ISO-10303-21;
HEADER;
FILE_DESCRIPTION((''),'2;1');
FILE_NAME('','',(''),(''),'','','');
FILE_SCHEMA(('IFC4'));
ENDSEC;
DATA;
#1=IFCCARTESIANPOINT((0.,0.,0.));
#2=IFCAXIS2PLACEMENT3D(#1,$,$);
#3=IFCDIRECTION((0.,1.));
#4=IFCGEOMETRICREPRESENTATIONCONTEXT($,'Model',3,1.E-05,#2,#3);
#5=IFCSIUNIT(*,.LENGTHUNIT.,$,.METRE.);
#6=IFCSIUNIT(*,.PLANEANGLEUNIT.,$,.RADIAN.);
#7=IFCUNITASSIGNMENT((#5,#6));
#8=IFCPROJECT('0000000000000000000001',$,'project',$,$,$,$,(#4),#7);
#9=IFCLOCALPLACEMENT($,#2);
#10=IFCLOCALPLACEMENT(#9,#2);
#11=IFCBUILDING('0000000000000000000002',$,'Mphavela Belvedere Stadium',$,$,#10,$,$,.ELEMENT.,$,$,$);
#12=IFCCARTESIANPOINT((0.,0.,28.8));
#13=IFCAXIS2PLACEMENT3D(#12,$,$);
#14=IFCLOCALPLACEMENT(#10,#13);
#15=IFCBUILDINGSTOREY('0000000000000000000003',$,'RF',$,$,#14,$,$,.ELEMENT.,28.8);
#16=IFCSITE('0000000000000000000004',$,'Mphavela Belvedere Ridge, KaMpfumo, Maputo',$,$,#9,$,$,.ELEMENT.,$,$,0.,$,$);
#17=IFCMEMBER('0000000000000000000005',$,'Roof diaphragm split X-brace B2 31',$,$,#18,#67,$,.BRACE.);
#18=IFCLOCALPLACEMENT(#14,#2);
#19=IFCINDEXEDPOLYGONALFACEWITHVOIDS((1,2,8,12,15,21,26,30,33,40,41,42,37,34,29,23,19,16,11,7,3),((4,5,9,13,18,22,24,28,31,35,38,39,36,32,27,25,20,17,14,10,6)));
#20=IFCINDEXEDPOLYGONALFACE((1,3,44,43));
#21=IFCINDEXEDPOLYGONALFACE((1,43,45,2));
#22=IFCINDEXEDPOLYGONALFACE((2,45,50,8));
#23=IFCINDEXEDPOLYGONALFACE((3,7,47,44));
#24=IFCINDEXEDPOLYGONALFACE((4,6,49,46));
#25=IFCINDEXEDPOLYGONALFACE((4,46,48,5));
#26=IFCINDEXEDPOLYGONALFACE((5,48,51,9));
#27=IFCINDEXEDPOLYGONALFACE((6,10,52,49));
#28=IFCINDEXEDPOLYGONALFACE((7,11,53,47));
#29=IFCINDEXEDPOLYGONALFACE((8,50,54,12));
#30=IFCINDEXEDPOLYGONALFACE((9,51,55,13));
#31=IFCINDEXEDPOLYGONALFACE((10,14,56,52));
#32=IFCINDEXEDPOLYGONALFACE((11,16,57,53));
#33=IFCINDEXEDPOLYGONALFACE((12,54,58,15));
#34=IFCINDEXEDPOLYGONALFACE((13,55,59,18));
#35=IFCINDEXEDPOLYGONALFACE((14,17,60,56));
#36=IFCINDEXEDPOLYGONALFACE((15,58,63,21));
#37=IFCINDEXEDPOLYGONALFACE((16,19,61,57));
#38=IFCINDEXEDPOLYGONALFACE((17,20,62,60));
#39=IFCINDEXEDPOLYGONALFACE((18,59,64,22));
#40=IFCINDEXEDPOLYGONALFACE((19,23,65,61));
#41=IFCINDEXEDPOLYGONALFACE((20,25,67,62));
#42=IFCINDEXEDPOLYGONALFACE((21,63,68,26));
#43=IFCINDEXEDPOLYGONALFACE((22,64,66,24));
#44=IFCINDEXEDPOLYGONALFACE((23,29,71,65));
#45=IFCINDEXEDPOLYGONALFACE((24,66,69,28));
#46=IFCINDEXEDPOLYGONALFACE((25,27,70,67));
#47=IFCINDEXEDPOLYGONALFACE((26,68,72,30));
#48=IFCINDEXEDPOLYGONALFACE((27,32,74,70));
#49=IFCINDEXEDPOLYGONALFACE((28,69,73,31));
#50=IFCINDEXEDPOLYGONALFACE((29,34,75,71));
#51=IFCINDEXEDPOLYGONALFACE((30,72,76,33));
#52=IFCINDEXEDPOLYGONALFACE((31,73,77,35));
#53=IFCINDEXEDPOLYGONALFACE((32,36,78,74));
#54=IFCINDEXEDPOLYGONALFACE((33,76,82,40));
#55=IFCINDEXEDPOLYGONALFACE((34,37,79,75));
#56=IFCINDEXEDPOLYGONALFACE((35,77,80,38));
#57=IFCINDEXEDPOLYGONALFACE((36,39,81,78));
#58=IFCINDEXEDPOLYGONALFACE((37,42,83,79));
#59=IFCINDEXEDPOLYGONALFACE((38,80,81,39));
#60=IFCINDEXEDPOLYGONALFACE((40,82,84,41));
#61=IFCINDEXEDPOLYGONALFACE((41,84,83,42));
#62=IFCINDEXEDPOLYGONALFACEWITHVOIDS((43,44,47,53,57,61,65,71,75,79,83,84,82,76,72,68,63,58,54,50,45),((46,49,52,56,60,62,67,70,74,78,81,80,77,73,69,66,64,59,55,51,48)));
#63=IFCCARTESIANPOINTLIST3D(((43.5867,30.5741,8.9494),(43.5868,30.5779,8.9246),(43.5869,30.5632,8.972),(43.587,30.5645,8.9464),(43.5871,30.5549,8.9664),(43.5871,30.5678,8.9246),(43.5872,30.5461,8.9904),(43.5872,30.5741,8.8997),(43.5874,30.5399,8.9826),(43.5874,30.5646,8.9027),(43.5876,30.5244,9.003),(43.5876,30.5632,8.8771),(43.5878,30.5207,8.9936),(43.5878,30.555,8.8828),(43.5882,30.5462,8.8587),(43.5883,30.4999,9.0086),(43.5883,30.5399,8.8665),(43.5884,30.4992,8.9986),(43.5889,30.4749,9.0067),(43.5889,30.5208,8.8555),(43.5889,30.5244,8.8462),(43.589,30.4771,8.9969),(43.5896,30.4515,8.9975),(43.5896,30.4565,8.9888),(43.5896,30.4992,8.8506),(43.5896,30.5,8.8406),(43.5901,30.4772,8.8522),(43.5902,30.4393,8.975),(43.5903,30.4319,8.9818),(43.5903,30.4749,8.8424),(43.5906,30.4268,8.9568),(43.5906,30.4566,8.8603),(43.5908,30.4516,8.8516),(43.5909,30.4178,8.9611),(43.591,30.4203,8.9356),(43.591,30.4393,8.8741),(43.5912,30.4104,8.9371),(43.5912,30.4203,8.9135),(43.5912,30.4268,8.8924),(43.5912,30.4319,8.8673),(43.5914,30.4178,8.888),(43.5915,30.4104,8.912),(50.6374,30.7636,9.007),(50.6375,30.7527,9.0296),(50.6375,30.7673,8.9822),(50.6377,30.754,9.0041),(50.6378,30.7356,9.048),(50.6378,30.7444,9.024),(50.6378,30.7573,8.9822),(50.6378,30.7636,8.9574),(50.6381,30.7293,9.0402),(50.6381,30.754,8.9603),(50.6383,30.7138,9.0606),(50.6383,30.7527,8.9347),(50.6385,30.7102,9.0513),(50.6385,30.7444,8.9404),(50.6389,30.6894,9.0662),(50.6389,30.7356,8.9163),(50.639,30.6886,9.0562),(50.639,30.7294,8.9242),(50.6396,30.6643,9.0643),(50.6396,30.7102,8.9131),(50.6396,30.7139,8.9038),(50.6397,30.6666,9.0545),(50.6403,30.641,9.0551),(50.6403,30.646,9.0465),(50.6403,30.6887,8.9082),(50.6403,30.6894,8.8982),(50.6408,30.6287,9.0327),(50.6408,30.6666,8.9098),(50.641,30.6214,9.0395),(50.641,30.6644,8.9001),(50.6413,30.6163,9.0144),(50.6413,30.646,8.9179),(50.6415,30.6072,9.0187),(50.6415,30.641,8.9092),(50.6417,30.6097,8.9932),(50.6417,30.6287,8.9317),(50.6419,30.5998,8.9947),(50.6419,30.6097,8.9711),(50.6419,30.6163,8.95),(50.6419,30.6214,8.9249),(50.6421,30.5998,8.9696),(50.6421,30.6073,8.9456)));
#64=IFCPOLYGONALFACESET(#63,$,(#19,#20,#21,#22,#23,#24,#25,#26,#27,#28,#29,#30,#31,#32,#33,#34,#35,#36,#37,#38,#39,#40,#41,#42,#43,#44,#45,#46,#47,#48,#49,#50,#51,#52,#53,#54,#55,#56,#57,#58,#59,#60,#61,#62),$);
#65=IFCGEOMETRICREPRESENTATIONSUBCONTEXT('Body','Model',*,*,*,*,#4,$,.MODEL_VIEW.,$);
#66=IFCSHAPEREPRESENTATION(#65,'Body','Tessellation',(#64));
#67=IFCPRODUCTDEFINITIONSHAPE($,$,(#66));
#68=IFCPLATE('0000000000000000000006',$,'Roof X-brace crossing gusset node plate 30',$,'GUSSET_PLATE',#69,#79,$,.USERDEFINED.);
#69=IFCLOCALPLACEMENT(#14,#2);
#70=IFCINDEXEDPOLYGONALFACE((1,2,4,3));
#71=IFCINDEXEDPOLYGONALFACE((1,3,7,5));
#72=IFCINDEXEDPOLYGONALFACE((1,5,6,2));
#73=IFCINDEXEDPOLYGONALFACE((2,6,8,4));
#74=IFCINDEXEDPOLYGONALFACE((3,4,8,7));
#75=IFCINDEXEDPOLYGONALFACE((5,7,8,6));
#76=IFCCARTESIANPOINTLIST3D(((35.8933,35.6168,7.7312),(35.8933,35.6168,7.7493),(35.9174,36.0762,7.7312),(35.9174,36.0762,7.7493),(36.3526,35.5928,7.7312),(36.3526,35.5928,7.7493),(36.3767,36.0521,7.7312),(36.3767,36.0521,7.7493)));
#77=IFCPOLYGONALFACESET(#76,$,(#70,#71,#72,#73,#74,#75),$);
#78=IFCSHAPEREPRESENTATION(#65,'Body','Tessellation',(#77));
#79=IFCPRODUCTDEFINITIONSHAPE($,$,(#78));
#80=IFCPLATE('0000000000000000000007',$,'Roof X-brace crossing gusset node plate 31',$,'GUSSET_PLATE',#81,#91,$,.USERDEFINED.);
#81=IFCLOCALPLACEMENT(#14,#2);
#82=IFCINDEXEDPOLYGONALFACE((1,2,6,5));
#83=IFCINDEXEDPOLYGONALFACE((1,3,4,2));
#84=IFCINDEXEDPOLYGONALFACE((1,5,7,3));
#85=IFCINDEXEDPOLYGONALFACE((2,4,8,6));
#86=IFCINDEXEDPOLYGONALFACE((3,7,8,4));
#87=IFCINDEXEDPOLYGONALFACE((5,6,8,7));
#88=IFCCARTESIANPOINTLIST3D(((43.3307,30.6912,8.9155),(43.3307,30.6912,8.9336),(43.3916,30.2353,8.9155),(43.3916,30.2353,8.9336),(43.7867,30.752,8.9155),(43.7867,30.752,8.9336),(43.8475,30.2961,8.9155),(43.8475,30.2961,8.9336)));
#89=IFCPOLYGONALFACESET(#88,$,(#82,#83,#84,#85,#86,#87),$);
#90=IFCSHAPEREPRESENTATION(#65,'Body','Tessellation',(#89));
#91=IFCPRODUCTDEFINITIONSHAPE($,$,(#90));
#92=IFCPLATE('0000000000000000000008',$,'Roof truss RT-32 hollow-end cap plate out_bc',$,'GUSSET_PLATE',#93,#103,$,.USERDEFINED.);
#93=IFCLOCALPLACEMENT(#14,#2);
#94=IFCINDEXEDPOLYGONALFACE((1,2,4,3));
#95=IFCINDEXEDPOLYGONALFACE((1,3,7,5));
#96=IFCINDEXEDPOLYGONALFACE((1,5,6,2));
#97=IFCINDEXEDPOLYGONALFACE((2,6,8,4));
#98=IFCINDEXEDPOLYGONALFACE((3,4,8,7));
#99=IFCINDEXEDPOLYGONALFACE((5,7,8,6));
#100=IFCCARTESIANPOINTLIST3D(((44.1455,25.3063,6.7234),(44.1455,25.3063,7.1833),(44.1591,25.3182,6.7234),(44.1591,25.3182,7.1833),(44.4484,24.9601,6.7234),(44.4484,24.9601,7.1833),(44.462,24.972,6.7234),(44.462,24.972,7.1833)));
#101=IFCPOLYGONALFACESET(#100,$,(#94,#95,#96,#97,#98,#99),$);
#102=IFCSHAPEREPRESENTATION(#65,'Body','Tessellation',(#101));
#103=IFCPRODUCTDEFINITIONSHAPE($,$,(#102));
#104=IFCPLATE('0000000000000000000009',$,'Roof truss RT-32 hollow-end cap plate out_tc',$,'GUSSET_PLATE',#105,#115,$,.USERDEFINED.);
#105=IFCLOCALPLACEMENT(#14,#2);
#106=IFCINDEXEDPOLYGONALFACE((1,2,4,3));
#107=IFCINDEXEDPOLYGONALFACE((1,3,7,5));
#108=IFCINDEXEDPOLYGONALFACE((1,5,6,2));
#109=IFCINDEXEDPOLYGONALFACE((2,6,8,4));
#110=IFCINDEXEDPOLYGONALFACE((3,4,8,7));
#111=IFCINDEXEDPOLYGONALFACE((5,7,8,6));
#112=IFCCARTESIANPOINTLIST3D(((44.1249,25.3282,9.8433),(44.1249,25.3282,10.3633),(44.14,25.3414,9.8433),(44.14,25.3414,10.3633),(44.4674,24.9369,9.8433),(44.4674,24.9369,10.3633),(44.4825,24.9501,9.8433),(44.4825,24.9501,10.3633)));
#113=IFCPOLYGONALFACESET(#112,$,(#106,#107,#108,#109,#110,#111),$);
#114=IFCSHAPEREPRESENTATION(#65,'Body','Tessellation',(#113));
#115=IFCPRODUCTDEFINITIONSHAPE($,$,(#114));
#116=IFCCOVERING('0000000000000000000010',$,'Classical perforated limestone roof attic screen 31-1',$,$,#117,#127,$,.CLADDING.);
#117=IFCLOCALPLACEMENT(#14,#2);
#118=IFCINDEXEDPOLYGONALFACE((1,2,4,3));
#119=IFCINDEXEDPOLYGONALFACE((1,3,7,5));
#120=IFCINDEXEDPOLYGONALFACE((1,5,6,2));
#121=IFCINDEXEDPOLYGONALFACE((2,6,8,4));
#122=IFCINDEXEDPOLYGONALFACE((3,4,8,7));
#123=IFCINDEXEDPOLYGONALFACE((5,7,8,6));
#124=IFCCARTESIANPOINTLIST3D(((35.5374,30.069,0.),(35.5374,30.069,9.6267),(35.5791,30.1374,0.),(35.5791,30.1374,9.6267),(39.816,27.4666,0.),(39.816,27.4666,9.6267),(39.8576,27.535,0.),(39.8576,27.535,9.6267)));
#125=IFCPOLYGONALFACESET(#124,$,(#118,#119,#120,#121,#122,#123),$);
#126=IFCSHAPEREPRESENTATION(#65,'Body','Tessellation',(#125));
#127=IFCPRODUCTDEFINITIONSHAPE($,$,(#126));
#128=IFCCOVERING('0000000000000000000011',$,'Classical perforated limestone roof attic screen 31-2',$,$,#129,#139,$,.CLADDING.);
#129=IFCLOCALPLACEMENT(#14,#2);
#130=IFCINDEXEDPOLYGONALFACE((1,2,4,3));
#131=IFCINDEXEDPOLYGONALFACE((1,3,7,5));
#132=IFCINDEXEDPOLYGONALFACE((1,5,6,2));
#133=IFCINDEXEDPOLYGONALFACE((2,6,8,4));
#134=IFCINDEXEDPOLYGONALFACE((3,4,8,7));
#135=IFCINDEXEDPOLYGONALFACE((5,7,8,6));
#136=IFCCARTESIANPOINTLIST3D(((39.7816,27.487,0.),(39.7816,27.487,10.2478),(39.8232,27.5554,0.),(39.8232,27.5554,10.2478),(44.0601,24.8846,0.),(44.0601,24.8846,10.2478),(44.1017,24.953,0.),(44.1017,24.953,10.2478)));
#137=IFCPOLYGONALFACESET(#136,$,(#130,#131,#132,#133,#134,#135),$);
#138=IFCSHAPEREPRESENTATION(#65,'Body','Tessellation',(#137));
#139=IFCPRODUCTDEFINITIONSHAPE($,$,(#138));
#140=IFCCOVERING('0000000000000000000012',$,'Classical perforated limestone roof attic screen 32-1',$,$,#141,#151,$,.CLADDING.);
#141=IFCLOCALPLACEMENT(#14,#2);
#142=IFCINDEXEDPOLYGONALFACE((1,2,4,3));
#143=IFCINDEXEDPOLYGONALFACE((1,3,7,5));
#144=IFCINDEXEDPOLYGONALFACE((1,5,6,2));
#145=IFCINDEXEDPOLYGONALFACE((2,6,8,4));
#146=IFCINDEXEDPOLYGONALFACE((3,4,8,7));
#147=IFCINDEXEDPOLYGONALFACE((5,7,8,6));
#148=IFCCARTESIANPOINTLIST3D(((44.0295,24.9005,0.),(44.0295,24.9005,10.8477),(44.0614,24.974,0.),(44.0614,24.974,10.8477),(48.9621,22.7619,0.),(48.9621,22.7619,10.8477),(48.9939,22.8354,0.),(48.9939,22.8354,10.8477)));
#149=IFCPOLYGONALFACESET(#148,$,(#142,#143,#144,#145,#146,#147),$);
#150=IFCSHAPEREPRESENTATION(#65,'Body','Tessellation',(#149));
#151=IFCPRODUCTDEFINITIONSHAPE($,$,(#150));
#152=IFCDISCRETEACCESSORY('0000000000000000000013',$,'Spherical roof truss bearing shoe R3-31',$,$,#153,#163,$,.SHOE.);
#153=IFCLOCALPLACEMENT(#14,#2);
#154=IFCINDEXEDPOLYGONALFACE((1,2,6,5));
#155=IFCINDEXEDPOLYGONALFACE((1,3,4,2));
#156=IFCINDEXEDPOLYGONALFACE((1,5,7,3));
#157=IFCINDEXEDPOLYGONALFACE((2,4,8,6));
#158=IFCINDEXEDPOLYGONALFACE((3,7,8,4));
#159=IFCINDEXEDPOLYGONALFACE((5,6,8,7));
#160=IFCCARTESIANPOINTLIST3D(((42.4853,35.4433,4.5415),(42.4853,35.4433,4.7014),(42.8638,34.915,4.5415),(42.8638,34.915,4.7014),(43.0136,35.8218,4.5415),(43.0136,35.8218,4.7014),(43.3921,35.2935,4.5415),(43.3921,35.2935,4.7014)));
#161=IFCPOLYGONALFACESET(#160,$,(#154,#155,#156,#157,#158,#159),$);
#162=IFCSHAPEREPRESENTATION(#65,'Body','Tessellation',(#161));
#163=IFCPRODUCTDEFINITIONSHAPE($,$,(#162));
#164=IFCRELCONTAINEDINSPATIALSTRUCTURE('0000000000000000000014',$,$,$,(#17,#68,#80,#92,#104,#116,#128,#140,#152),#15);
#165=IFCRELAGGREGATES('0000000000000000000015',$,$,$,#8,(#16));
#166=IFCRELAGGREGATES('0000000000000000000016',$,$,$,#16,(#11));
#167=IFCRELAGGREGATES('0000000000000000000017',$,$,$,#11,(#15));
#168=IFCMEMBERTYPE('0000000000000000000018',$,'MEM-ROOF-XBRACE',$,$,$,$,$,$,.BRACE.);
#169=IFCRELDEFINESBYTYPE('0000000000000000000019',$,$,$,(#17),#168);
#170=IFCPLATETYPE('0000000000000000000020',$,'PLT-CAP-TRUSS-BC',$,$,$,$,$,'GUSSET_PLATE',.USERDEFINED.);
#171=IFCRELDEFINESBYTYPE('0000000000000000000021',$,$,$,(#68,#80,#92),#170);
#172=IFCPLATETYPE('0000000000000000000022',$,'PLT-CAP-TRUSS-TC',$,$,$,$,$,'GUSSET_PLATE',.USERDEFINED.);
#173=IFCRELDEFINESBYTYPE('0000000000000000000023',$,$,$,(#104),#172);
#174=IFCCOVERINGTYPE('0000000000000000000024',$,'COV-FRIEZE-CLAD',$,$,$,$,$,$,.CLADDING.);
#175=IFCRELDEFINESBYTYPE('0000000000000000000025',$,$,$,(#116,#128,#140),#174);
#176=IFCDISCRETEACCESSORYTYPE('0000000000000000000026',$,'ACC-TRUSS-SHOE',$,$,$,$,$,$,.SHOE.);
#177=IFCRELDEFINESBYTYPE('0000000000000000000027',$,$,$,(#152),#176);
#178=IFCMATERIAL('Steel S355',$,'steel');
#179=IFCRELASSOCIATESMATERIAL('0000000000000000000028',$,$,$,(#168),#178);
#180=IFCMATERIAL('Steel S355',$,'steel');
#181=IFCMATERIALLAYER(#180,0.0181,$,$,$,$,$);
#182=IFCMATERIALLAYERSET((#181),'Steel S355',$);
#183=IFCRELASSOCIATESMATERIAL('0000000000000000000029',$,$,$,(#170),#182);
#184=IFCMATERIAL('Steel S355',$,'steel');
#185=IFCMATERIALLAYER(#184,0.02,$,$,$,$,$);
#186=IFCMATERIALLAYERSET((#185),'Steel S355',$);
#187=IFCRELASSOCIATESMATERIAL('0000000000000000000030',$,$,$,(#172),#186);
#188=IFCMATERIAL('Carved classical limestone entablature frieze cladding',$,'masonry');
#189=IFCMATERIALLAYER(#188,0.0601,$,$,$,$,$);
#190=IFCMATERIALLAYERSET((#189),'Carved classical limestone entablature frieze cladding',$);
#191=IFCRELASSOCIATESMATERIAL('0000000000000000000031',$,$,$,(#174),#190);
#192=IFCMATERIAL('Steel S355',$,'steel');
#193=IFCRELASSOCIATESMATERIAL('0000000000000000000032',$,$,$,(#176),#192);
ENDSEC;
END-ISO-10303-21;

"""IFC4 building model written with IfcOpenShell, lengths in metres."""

from ifc_helpers import new_model, si_unit, direction, frame, origin, origin_2d, place, context, subcontext, project, spatial, rectangle, hollow_circle, extrude, material, layer, layer_set, material_profile, profile_set, type_object, element, save


model = new_model("IFC4")

# Units and contexts
model_context = context("Model", 3, precision=1e-05, world=origin(), true_north=direction((0.0, 1.0)))
body_context = subcontext(model_context, "Body", "Model", "MODEL_VIEW")
ifc_project = project(units=[si_unit("LENGTHUNIT", "METRE"), si_unit("PLANEANGLEUNIT", "RADIAN")], contexts=[model_context])

# Site, building, storey
site_placement = place(None, origin())
site = spatial("IfcSite", under=ifc_project, at=site_placement, Name="Mphavela Belvedere Ridge, KaMpfumo, Maputo", CompositionType="ELEMENT", RefElevation=0.0)
building_placement = place(site_placement, origin())
building = spatial("IfcBuilding", under=site, at=building_placement, Name="Mphavela Belvedere Stadium", CompositionType="ELEMENT")
storey_placement = place(building_placement, frame((0.0, 0.0, 28.8)))
storey = spatial("IfcBuildingStorey", under=building, at=storey_placement, Name="RF", CompositionType="ELEMENT", Elevation=28.8)

# Member
ifc_material_1 = material(Name="Steel S355", Category="steel")
ifc_material_profile_1 = material_profile(ifc_material_1, hollow_circle(Radius=0.0842, WallThickness=0.01, at=origin_2d()), Name="CHS 168.3x10")
ifc_profile_set_1 = profile_set([ifc_material_profile_1], Name="Steel S355")
member_type_1 = type_object("IfcMemberType", Name="MEM-ROOF-XBRACE", PredefinedType="BRACE", material=ifc_profile_set_1)
member_1_placement = place(storey_placement, frame((43.5891, 30.4937, 8.9246), z_axis=(0.999606, 0.026859, 0.008169), x_axis=(-0.02686, 0.999639, 0.0)))
element("IfcMember", 1, at=member_1_placement, inside=storey, type_object=member_type_1, Name="Roof diaphragm split X-brace B2 31", PredefinedType="BRACE", context=body_context, shape_type="SweptSolid", body=[
    extrude(hollow_circle(Radius=0.0842, WallThickness=0.01, at=origin_2d()), origin(), (0.0, 0.0, 1.0), 7.0535),
])

# Plates
ifc_material_2 = material(Name="Steel S355", Category="steel")
ifc_layer_1 = layer(ifc_material_2, 0.0181)
ifc_layer_set_1 = layer_set([ifc_layer_1], Name="Steel S355")
plate_type_1 = type_object("IfcPlateType", Name="PLT-CAP-TRUSS-BC", ElementType="GUSSET_PLATE", PredefinedType="USERDEFINED", material=ifc_layer_set_1)
for number, where, z_axis, x_axis, name in (
    (2, (36.135, 35.8345, 7.7312), (0.0, 0.0, 1.0), (-0.052336, -0.99863, 0.0), "Roof X-brace crossing gusset node plate 30"),
    (3, (43.5891, 30.4937, 8.9155), (0.0, 0.0, 1.0), (0.132256, -0.991216, 0.0), "Roof X-brace crossing gusset node plate 31"),
):
    element("IfcPlate", number, at=place(storey_placement, frame(where, z_axis=z_axis, x_axis=x_axis)), inside=storey, type_object=plate_type_1, Name=name, ObjectType="GUSSET_PLATE", PredefinedType="USERDEFINED", context=body_context, shape_type="SweptSolid", body=[
        extrude(rectangle(XDim=0.46, YDim=0.46, at=origin_2d()), origin(), (0.0, 0.0, 1.0), 0.0181),
    ])
plate_1_placement = place(storey_placement, frame((44.3037, 25.1392, 6.7234), z_axis=(0.0, 0.0, 1.0), x_axis=(-0.75253, -0.658558, 0.0)))
element("IfcPlate", 4, at=plate_1_placement, inside=storey, type_object=plate_type_1, Name="Roof truss RT-32 hollow-end cap plate out_bc", ObjectType="GUSSET_PLATE", PredefinedType="USERDEFINED", context=body_context, shape_type="SweptSolid", body=[
    extrude(rectangle(XDim=0.0181, YDim=0.46, at=origin_2d()), origin(), (0.0, 0.0, 1.0), 0.46),
])
ifc_material_3 = material(Name="Steel S355", Category="steel")
ifc_layer_2 = layer(ifc_material_3, 0.02)
ifc_layer_set_2 = layer_set([ifc_layer_2], Name="Steel S355")
plate_type_2 = type_object("IfcPlateType", Name="PLT-CAP-TRUSS-TC", ElementType="GUSSET_PLATE", PredefinedType="USERDEFINED", material=ifc_layer_set_2)
plate_2_placement = place(storey_placement, frame((44.3037, 25.1392, 9.8433), z_axis=(0.0, 0.0, 1.0), x_axis=(-0.75253, -0.658558, 0.0)))
element("IfcPlate", 5, at=plate_2_placement, inside=storey, type_object=plate_type_2, Name="Roof truss RT-32 hollow-end cap plate out_tc", ObjectType="GUSSET_PLATE", PredefinedType="USERDEFINED", context=body_context, shape_type="SweptSolid", body=[
    extrude(rectangle(XDim=0.02, YDim=0.52, at=origin_2d()), origin(), (0.0, 0.0, 1.0), 0.52),
])

# Coverings
ifc_material_4 = material(Name="Carved classical limestone entablature frieze cladding", Category="masonry")
ifc_layer_3 = layer(ifc_material_4, 0.0601)
ifc_layer_set_3 = layer_set([ifc_layer_3], Name="Carved classical limestone entablature frieze cladding")
covering_type = type_object("IfcCoveringType", Name="COV-FRIEZE-CLAD", PredefinedType="CLADDING", material=ifc_layer_set_3)
covering_1_placement = place(storey_placement, frame((37.6975, 28.802, 0.0), z_axis=(0.0, 0.0, 1.0), x_axis=(0.854368, -0.519668, 0.0)))
element("IfcCovering", 6, at=covering_1_placement, inside=storey, type_object=covering_type, Name="Classical perforated limestone roof attic screen 31-1", PredefinedType="CLADDING", context=body_context, shape_type="SweptSolid", body=[
    extrude(rectangle(XDim=5.0078, YDim=0.0801, at=origin_2d()), origin(), (0.0, 0.0, 1.0), 9.6267),
])
covering_2_placement = place(storey_placement, frame((41.9417, 26.22, 0.0), z_axis=(0.0, 0.0, 1.0), x_axis=(0.854368, -0.519668, 0.0)))
element("IfcCovering", 7, at=covering_2_placement, inside=storey, type_object=covering_type, Name="Classical perforated limestone roof attic screen 31-2", PredefinedType="CLADDING", context=body_context, shape_type="SweptSolid", body=[
    extrude(rectangle(XDim=5.0078, YDim=0.0801, at=origin_2d()), origin(), (0.0, 0.0, 1.0), 10.2478),
])
covering_3_placement = place(storey_placement, frame((46.5117, 23.8679, 0.0), z_axis=(0.0, 0.0, 1.0), x_axis=(0.917477, -0.397789, 0.0)))
element("IfcCovering", 8, at=covering_3_placement, inside=storey, type_object=covering_type, Name="Classical perforated limestone roof attic screen 32-1", PredefinedType="CLADDING", context=body_context, shape_type="SweptSolid", body=[
    extrude(rectangle(XDim=5.3762, YDim=0.0801, at=origin_2d()), origin(), (0.0, 0.0, 1.0), 10.8477),
])

# Discrete accessory
ifc_material_5 = material(Name="Steel S355", Category="steel")
discrete_accessory_type = type_object("IfcDiscreteAccessoryType", Name="ACC-TRUSS-SHOE", PredefinedType="SHOE", material=ifc_material_5)
discrete_accessory_placement = place(storey_placement, frame((42.9387, 35.3684, 4.5415), z_axis=(0.0, 0.0, 1.0), x_axis=(-0.812898, -0.582407, 0.0)))
element("IfcDiscreteAccessory", 9, at=discrete_accessory_placement, inside=storey, type_object=discrete_accessory_type, Name="Spherical roof truss bearing shoe R3-31", PredefinedType="SHOE", context=body_context, shape_type="SweptSolid", body=[
    extrude(rectangle(XDim=0.6499, YDim=0.6499, at=origin_2d()), origin(), (0.0, 0.0, 1.0), 0.1599),
])

save(model, "model.ifc")
